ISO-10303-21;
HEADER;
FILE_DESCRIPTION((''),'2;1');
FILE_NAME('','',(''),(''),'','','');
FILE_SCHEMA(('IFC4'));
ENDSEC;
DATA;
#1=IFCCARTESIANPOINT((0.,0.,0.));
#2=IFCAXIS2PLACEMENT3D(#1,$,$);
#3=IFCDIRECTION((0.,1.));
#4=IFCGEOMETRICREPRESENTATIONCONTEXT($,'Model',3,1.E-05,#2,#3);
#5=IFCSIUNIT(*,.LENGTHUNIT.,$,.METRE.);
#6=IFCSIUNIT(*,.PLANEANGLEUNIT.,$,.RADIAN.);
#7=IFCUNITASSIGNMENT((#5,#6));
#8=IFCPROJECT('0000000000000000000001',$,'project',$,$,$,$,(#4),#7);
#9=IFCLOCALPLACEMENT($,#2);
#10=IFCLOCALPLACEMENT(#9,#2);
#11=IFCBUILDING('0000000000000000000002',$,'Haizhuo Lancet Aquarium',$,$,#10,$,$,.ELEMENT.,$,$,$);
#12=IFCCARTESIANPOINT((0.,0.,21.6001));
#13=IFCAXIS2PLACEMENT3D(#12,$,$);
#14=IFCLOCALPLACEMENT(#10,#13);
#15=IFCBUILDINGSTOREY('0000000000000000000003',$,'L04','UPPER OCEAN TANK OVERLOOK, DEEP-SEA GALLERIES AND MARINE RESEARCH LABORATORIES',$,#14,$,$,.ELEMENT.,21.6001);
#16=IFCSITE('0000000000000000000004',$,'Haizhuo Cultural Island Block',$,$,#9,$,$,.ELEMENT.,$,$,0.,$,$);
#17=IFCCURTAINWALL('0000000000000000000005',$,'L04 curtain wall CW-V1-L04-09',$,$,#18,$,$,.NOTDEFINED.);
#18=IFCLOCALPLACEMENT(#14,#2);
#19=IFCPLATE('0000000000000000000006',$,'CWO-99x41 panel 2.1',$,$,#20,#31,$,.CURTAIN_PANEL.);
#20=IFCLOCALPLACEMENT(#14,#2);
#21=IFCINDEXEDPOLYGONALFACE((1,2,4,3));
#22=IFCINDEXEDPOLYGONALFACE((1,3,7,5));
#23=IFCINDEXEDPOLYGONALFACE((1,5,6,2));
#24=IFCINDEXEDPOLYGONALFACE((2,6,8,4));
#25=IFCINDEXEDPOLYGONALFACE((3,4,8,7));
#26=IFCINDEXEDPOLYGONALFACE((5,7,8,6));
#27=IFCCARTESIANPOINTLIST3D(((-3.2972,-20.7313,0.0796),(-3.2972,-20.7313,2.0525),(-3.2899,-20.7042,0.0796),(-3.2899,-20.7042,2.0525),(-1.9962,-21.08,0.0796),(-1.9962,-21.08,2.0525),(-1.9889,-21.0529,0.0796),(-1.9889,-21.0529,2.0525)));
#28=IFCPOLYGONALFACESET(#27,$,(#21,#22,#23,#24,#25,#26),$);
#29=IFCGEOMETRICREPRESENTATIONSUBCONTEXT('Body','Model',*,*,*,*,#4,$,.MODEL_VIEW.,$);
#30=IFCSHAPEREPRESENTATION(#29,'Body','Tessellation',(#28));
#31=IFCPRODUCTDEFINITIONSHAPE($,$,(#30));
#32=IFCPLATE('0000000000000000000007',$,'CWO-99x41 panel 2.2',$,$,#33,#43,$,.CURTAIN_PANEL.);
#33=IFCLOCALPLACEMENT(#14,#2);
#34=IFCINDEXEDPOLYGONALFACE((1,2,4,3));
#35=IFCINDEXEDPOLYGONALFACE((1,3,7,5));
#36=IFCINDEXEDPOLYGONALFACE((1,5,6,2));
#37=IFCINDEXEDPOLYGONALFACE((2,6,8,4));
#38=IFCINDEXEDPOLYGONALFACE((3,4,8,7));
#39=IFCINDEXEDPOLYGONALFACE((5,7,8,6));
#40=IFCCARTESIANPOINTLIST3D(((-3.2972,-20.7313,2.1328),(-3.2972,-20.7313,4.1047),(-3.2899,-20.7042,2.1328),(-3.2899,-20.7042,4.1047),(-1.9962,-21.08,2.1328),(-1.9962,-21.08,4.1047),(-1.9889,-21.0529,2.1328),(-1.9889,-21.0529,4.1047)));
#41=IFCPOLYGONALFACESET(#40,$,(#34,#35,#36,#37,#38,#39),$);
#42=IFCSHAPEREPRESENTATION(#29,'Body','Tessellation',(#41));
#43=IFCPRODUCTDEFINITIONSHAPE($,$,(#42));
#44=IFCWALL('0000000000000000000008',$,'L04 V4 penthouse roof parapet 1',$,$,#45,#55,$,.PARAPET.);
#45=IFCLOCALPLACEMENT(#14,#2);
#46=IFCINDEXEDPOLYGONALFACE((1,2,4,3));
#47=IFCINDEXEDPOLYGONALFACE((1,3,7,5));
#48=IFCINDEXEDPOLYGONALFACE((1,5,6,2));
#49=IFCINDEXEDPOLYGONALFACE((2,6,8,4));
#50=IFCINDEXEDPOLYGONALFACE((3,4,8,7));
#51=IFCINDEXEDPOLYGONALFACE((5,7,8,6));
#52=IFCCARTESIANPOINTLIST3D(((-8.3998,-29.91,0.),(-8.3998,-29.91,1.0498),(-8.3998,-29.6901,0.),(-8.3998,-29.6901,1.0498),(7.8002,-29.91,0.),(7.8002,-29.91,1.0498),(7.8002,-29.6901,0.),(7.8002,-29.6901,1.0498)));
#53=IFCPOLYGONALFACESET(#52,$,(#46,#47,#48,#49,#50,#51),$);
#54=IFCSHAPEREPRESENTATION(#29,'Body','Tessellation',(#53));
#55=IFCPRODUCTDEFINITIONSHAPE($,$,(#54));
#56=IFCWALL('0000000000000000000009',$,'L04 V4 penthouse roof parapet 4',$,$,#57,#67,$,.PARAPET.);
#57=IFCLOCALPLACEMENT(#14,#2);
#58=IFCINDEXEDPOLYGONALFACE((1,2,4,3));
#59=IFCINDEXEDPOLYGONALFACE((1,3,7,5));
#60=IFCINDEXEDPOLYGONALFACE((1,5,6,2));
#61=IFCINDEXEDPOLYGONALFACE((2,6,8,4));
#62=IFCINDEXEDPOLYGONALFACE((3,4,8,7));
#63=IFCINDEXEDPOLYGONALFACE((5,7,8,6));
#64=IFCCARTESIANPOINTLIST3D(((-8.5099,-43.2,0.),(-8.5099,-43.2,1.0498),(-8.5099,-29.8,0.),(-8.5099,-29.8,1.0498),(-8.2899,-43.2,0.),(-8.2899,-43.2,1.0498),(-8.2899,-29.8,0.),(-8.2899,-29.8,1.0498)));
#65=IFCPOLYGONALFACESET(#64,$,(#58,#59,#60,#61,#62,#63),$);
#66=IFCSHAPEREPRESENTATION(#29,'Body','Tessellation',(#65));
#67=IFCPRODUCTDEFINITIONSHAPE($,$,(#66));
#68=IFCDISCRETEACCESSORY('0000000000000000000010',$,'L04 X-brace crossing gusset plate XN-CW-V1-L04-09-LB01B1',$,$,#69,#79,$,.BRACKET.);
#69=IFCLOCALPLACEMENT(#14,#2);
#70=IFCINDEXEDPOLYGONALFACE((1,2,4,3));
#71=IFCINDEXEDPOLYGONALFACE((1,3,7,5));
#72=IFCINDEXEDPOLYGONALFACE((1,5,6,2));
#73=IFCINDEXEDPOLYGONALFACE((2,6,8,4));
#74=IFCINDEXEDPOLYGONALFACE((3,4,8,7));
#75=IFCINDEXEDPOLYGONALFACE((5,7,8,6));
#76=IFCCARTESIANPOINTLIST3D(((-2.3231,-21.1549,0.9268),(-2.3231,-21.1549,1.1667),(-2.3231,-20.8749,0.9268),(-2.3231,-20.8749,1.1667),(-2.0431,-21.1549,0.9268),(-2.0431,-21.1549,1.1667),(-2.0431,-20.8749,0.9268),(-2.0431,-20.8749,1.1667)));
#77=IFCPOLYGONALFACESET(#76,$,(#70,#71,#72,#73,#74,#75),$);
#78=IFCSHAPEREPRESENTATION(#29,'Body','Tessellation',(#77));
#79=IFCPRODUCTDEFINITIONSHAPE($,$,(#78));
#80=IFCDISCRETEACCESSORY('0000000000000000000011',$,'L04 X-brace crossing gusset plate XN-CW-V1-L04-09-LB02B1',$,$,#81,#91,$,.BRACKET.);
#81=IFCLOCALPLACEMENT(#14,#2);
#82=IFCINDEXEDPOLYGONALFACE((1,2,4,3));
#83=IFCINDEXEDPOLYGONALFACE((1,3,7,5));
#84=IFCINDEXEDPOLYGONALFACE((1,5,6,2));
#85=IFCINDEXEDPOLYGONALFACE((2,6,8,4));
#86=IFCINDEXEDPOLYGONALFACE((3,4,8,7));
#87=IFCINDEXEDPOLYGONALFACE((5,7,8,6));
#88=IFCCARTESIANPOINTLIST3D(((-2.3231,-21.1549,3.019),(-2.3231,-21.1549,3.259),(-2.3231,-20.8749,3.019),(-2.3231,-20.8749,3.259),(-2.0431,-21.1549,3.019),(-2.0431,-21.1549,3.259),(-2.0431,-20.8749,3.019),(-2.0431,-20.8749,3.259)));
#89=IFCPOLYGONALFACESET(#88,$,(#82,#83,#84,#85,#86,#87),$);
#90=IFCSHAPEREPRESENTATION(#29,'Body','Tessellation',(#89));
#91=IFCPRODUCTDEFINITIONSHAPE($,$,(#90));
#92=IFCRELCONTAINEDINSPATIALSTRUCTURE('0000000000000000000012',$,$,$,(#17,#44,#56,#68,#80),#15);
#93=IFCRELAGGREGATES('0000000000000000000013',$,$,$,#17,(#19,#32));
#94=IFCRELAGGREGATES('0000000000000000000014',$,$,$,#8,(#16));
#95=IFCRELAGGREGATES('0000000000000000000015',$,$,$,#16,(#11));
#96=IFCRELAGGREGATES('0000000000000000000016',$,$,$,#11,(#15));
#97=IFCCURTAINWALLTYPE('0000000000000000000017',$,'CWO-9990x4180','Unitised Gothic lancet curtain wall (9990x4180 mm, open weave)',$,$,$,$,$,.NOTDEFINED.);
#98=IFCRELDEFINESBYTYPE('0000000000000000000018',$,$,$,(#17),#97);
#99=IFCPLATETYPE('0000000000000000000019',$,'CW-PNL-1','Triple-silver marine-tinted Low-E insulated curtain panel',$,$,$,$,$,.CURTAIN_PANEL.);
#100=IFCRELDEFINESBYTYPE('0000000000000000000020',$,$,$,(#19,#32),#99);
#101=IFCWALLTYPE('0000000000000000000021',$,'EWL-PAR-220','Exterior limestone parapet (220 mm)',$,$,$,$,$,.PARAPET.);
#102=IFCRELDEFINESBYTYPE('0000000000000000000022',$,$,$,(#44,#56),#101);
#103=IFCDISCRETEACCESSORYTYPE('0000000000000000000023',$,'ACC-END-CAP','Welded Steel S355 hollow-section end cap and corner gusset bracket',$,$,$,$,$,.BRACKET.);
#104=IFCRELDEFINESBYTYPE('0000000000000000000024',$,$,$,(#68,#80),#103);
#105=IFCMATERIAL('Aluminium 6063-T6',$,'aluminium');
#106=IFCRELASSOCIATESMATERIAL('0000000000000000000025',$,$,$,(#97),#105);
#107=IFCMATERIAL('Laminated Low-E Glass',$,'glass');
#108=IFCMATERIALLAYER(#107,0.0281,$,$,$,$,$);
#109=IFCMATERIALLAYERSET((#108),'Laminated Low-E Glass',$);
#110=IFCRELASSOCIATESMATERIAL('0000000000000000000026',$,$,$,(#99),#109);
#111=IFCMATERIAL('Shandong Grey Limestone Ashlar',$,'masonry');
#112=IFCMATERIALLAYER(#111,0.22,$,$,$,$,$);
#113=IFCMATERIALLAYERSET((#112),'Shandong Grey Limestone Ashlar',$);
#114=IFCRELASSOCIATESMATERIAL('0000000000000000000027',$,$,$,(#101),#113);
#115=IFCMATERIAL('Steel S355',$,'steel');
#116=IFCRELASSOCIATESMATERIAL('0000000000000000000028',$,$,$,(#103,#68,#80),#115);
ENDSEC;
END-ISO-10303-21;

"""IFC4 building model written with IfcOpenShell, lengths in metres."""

from ifc_helpers import new_model, si_unit, direction, frame, frame_2d, origin, origin_2d, place, context, subcontext, project, spatial, rectangle, extrude, material, layer, layer_set, type_object, element, aggregate, save


model = new_model("IFC4")

# Units and contexts
model_context = context("Model", 3, precision=1e-05, world=origin(), true_north=direction((0.0, 1.0)))
body_context = subcontext(model_context, "Body", "Model", "MODEL_VIEW")
ifc_project = project(units=[si_unit("LENGTHUNIT", "METRE"), si_unit("PLANEANGLEUNIT", "RADIAN")], contexts=[model_context])

# Site, building, storey
site_placement = place(None, origin())
site = spatial("IfcSite", under=ifc_project, at=site_placement, Name="Haizhuo Cultural Island Block", CompositionType="ELEMENT", RefElevation=0.0)
building_placement = place(site_placement, origin())
building = spatial("IfcBuilding", under=site, at=building_placement, Name="Haizhuo Lancet Aquarium", CompositionType="ELEMENT")
storey_placement = place(building_placement, frame((0.0, 0.0, 21.6001)))
storey = spatial("IfcBuildingStorey", under=building, at=storey_placement, Name="L04", Description="UPPER OCEAN TANK OVERLOOK, DEEP-SEA GALLERIES AND MARINE RESEARCH LABORATORIES", CompositionType="ELEMENT", Elevation=21.6001)

# Shared definitions
ifc_material_1 = material(Name="Aluminium 6063-T6", Category="aluminium")
curtain_wall_type = type_object("IfcCurtainWallType", Name="CWO-9990x4180", Description="Unitised Gothic lancet curtain wall (9990x4180 mm, open weave)", PredefinedType="NOTDEFINED", material=ifc_material_1)

# Curtain wall
curtain_wall_1_placement = place(storey_placement, origin())
curtain_wall_1 = element("IfcCurtainWall", 1, at=curtain_wall_1_placement, inside=storey, type_object=curtain_wall_type, Name="L04 curtain wall CW-V1-L04-09", PredefinedType="NOTDEFINED")

# Shared definitions
ifc_material_2 = material(Name="Steel S355", Category="steel")

# Plates
ifc_material_3 = material(Name="Laminated Low-E Glass", Category="glass")
ifc_layer_1 = layer(ifc_material_3, 0.0281)
ifc_layer_set_1 = layer_set([ifc_layer_1], Name="Laminated Low-E Glass")
plate_type = type_object("IfcPlateType", Name="CW-PNL-1", Description="Triple-silver marine-tinted Low-E insulated curtain panel", PredefinedType="CURTAIN_PANEL", material=ifc_layer_set_1)
plate_1_placement = place(storey_placement, frame((-2.6431, -20.8921, 0.0796), z_axis=(0.0, 0.0, 1.0), x_axis=(-0.965917, 0.258853, 0.0)))
plate_1 = element("IfcPlate", 2, at=plate_1_placement, type_object=plate_type, Name="CWO-99x41 panel 2.1", PredefinedType="CURTAIN_PANEL", context=body_context, shape_type="SweptSolid", body=[
    extrude(rectangle(XDim=1.3469, YDim=0.0281, at=origin_2d()), origin(), (0.0, 0.0, 1.0), 1.9729),
])
plate_2_placement = place(storey_placement, frame((-2.6431, -20.8921, 2.1328), z_axis=(0.0, 0.0, 1.0), x_axis=(-0.965917, 0.258853, 0.0)))
plate_2 = element("IfcPlate", 3, at=plate_2_placement, type_object=plate_type, Name="CWO-99x41 panel 2.2", PredefinedType="CURTAIN_PANEL", context=body_context, shape_type="SweptSolid", body=[
    extrude(rectangle(XDim=1.3469, YDim=0.0281, at=origin_2d()), origin(), (0.0, 0.0, 1.0), 1.9719),
])
aggregate(curtain_wall_1, [plate_1, plate_2])

# Walls
ifc_material_4 = material(Name="Shandong Grey Limestone Ashlar", Category="masonry")
ifc_layer_2 = layer(ifc_material_4, 0.22)
ifc_layer_set_2 = layer_set([ifc_layer_2], Name="Shandong Grey Limestone Ashlar")
wall_type = type_object("IfcWallType", Name="EWL-PAR-220", Description="Exterior limestone parapet (220 mm)", PredefinedType="PARAPET", material=ifc_layer_set_2)
wall_1_placement = place(storey_placement, frame((-8.3999, -29.8, 0.0), z_axis=(0.0, 0.0, 1.0), x_axis=(1.0, 0.0, 0.0)))
element("IfcWall", 4, at=wall_1_placement, inside=storey, type_object=wall_type, Name="L04 V4 penthouse roof parapet 1", PredefinedType="PARAPET", context=body_context, shape_type="SweptSolid", body=[
    extrude(rectangle(XDim=16.2, YDim=0.22, at=frame_2d((8.1001, 0.0))), origin(), (0.0, 0.0, 1.0), 1.0498),
])
wall_2_placement = place(storey_placement, frame((-8.3999, -43.2, 0.0), z_axis=(0.0, 0.0, 1.0), x_axis=(0.0, 1.0, 0.0)))
element("IfcWall", 5, at=wall_2_placement, inside=storey, type_object=wall_type, Name="L04 V4 penthouse roof parapet 4", PredefinedType="PARAPET", context=body_context, shape_type="SweptSolid", body=[
    extrude(rectangle(XDim=13.3999, YDim=0.22, at=frame_2d((6.7, 0.0))), origin(), (0.0, 0.0, 1.0), 1.0498),
])

# Discrete accessories
discrete_accessory_type = type_object("IfcDiscreteAccessoryType", Name="ACC-END-CAP", Description="Welded Steel S355 hollow-section end cap and corner gusset bracket", PredefinedType="BRACKET", material=ifc_material_2)
for number, where, z_axis, x_axis, name in (
    (6, (-2.1831, -21.0149, 0.9268), (0.0, 0.0, 1.0), (1.0, 0.0, 0.0), "L04 X-brace crossing gusset plate XN-CW-V1-L04-09-LB01B1"),
    (7, (-2.1831, -21.0149, 3.019), (0.0, 0.0, 1.0), (1.0, 0.0, 0.0), "L04 X-brace crossing gusset plate XN-CW-V1-L04-09-LB02B1"),
):
    element("IfcDiscreteAccessory", number, at=place(storey_placement, frame(where, z_axis=z_axis, x_axis=x_axis)), inside=storey, type_object=discrete_accessory_type, material=ifc_material_2, Name=name, PredefinedType="BRACKET", context=body_context, shape_type="SweptSolid", body=[
        extrude(rectangle(XDim=0.28, YDim=0.28, at=origin_2d()), origin(), (0.0, 0.0, 1.0), 0.24),
    ])

save(model, "model.ifc")
